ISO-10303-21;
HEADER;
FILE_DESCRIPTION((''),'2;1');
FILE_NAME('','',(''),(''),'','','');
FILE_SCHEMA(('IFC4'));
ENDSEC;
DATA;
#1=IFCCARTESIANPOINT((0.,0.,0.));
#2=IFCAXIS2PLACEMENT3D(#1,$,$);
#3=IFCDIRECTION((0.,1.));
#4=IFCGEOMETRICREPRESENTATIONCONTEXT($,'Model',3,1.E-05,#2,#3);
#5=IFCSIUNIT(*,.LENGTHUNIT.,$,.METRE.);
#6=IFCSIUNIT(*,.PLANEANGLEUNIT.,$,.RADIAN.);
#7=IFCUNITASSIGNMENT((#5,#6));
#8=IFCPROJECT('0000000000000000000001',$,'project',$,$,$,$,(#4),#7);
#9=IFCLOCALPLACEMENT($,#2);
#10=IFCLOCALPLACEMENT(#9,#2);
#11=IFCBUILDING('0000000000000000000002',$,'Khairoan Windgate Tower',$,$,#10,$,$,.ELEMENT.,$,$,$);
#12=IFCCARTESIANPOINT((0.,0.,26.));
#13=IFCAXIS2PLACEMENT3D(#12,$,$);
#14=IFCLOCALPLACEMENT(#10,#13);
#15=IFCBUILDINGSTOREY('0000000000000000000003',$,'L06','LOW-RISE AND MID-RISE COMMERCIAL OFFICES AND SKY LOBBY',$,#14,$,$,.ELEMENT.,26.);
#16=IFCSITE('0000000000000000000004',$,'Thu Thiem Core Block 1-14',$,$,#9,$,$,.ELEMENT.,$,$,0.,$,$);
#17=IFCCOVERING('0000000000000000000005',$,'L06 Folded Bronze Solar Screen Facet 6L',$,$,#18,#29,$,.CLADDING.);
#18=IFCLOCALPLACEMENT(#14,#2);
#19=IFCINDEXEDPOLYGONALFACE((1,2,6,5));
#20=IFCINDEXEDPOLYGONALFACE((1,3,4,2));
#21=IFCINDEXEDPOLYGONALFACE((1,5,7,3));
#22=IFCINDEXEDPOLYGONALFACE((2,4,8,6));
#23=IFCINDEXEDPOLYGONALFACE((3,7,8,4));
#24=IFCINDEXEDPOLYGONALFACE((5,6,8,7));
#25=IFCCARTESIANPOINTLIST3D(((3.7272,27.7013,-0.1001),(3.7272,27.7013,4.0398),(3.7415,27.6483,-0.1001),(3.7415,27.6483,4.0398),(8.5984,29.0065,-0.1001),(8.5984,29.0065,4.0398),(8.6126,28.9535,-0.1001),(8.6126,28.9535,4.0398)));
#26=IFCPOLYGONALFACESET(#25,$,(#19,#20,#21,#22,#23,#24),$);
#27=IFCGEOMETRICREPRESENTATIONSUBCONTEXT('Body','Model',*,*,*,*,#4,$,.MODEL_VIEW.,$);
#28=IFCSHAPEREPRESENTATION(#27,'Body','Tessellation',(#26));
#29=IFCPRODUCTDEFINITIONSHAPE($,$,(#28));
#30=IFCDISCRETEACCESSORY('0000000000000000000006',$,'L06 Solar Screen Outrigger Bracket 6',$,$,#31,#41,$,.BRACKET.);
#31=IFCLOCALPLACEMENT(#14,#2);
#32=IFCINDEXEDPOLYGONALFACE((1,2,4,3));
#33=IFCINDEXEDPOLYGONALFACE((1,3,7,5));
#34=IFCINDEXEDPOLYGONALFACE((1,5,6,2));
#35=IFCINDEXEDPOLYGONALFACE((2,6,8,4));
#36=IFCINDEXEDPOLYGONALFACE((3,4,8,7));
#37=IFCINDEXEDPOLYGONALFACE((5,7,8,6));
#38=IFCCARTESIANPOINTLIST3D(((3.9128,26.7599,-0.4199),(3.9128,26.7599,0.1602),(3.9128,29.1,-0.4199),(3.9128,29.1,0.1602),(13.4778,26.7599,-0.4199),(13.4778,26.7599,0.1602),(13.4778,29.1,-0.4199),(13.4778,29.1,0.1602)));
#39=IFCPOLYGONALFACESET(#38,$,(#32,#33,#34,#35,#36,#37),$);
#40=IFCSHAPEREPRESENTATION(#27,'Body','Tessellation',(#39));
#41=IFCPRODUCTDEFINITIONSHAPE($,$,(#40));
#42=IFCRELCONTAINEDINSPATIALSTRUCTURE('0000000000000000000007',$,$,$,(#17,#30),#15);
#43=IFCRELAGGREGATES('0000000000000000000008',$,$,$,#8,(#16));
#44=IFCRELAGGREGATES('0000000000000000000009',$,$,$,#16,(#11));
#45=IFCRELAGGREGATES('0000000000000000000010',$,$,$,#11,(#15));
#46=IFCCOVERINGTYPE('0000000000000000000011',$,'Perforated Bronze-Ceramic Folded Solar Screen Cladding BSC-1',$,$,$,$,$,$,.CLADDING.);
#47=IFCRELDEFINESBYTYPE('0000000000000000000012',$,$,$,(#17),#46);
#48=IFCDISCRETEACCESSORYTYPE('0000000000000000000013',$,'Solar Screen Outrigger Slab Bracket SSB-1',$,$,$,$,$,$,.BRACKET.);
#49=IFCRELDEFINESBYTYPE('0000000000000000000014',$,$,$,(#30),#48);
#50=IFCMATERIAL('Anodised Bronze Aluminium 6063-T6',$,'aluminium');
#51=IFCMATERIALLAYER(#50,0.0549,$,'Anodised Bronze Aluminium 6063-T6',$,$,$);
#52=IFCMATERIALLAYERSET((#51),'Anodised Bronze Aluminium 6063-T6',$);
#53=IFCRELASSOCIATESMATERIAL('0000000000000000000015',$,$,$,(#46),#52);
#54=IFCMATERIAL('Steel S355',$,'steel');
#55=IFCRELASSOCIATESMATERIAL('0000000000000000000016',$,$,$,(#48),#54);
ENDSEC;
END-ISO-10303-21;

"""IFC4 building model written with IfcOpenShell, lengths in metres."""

from ifc_helpers import new_model, si_unit, direction, frame, origin, origin_2d, place, context, subcontext, project, spatial, rectangle, extrude, material, layer, layer_set, type_object, element, save


model = new_model("IFC4")

# Units and contexts
model_context = context("Model", 3, precision=1e-05, world=origin(), true_north=direction((0.0, 1.0)))
body_context = subcontext(model_context, "Body", "Model", "MODEL_VIEW")
ifc_project = project(units=[si_unit("LENGTHUNIT", "METRE"), si_unit("PLANEANGLEUNIT", "RADIAN")], contexts=[model_context])

# Site, building, storey
site_placement = place(None, origin())
site = spatial("IfcSite", under=ifc_project, at=site_placement, Name="Thu Thiem Core Block 1-14", CompositionType="ELEMENT", RefElevation=0.0)
building_placement = place(site_placement, origin())
building = spatial("IfcBuilding", under=site, at=building_placement, Name="Khairoan Windgate Tower", CompositionType="ELEMENT")
storey_placement = place(building_placement, frame((0.0, 0.0, 26.0)))
storey = spatial("IfcBuildingStorey", under=building, at=storey_placement, Name="L06", Description="LOW-RISE AND MID-RISE COMMERCIAL OFFICES AND SKY LOBBY", CompositionType="ELEMENT", Elevation=26.0)

# Covering
ifc_material_1 = material(Name="Anodised Bronze Aluminium 6063-T6", Category="aluminium")
ifc_layer_1 = layer(ifc_material_1, 0.0549, Name="Anodised Bronze Aluminium 6063-T6")
ifc_layer_set_1 = layer_set([ifc_layer_1], Name="Anodised Bronze Aluminium 6063-T6")
covering_type = type_object("IfcCoveringType", Name="Perforated Bronze-Ceramic Folded Solar Screen Cladding BSC-1", PredefinedType="CLADDING", material=ifc_layer_set_1)
covering_placement = place(storey_placement, frame((6.1699, 28.3274, -0.1001), z_axis=(0.0, 0.0, 1.0), x_axis=(0.965926, 0.258819, 0.0)))
element("IfcCovering", 1, at=covering_placement, inside=storey, type_object=covering_type, Name="L06 Folded Bronze Solar Screen Facet 6L", PredefinedType="CLADDING", context=body_context, shape_type="SweptSolid", body=[
    extrude(rectangle(XDim=5.043, YDim=0.0549, at=origin_2d()), origin(), (0.0, 0.0, 1.0), 4.1399),
])

# Discrete accessory
ifc_material_2 = material(Name="Steel S355", Category="steel")
discrete_accessory_type = type_object("IfcDiscreteAccessoryType", Name="Solar Screen Outrigger Slab Bracket SSB-1", PredefinedType="BRACKET", material=ifc_material_2)
discrete_accessory_placement = place(storey_placement, frame((8.6953, 27.9299, -0.4199), z_axis=(0.0, 0.0, 1.0), x_axis=(1.0, 0.0, 0.0)))
element("IfcDiscreteAccessory", 2, at=discrete_accessory_placement, inside=storey, type_object=discrete_accessory_type, Name="L06 Solar Screen Outrigger Bracket 6", PredefinedType="BRACKET", context=body_context, shape_type="SweptSolid", body=[
    extrude(rectangle(XDim=9.5649, YDim=2.3401, at=origin_2d()), origin(), (0.0, 0.0, 1.0), 0.5801),
])

save(model, "model.ifc")
